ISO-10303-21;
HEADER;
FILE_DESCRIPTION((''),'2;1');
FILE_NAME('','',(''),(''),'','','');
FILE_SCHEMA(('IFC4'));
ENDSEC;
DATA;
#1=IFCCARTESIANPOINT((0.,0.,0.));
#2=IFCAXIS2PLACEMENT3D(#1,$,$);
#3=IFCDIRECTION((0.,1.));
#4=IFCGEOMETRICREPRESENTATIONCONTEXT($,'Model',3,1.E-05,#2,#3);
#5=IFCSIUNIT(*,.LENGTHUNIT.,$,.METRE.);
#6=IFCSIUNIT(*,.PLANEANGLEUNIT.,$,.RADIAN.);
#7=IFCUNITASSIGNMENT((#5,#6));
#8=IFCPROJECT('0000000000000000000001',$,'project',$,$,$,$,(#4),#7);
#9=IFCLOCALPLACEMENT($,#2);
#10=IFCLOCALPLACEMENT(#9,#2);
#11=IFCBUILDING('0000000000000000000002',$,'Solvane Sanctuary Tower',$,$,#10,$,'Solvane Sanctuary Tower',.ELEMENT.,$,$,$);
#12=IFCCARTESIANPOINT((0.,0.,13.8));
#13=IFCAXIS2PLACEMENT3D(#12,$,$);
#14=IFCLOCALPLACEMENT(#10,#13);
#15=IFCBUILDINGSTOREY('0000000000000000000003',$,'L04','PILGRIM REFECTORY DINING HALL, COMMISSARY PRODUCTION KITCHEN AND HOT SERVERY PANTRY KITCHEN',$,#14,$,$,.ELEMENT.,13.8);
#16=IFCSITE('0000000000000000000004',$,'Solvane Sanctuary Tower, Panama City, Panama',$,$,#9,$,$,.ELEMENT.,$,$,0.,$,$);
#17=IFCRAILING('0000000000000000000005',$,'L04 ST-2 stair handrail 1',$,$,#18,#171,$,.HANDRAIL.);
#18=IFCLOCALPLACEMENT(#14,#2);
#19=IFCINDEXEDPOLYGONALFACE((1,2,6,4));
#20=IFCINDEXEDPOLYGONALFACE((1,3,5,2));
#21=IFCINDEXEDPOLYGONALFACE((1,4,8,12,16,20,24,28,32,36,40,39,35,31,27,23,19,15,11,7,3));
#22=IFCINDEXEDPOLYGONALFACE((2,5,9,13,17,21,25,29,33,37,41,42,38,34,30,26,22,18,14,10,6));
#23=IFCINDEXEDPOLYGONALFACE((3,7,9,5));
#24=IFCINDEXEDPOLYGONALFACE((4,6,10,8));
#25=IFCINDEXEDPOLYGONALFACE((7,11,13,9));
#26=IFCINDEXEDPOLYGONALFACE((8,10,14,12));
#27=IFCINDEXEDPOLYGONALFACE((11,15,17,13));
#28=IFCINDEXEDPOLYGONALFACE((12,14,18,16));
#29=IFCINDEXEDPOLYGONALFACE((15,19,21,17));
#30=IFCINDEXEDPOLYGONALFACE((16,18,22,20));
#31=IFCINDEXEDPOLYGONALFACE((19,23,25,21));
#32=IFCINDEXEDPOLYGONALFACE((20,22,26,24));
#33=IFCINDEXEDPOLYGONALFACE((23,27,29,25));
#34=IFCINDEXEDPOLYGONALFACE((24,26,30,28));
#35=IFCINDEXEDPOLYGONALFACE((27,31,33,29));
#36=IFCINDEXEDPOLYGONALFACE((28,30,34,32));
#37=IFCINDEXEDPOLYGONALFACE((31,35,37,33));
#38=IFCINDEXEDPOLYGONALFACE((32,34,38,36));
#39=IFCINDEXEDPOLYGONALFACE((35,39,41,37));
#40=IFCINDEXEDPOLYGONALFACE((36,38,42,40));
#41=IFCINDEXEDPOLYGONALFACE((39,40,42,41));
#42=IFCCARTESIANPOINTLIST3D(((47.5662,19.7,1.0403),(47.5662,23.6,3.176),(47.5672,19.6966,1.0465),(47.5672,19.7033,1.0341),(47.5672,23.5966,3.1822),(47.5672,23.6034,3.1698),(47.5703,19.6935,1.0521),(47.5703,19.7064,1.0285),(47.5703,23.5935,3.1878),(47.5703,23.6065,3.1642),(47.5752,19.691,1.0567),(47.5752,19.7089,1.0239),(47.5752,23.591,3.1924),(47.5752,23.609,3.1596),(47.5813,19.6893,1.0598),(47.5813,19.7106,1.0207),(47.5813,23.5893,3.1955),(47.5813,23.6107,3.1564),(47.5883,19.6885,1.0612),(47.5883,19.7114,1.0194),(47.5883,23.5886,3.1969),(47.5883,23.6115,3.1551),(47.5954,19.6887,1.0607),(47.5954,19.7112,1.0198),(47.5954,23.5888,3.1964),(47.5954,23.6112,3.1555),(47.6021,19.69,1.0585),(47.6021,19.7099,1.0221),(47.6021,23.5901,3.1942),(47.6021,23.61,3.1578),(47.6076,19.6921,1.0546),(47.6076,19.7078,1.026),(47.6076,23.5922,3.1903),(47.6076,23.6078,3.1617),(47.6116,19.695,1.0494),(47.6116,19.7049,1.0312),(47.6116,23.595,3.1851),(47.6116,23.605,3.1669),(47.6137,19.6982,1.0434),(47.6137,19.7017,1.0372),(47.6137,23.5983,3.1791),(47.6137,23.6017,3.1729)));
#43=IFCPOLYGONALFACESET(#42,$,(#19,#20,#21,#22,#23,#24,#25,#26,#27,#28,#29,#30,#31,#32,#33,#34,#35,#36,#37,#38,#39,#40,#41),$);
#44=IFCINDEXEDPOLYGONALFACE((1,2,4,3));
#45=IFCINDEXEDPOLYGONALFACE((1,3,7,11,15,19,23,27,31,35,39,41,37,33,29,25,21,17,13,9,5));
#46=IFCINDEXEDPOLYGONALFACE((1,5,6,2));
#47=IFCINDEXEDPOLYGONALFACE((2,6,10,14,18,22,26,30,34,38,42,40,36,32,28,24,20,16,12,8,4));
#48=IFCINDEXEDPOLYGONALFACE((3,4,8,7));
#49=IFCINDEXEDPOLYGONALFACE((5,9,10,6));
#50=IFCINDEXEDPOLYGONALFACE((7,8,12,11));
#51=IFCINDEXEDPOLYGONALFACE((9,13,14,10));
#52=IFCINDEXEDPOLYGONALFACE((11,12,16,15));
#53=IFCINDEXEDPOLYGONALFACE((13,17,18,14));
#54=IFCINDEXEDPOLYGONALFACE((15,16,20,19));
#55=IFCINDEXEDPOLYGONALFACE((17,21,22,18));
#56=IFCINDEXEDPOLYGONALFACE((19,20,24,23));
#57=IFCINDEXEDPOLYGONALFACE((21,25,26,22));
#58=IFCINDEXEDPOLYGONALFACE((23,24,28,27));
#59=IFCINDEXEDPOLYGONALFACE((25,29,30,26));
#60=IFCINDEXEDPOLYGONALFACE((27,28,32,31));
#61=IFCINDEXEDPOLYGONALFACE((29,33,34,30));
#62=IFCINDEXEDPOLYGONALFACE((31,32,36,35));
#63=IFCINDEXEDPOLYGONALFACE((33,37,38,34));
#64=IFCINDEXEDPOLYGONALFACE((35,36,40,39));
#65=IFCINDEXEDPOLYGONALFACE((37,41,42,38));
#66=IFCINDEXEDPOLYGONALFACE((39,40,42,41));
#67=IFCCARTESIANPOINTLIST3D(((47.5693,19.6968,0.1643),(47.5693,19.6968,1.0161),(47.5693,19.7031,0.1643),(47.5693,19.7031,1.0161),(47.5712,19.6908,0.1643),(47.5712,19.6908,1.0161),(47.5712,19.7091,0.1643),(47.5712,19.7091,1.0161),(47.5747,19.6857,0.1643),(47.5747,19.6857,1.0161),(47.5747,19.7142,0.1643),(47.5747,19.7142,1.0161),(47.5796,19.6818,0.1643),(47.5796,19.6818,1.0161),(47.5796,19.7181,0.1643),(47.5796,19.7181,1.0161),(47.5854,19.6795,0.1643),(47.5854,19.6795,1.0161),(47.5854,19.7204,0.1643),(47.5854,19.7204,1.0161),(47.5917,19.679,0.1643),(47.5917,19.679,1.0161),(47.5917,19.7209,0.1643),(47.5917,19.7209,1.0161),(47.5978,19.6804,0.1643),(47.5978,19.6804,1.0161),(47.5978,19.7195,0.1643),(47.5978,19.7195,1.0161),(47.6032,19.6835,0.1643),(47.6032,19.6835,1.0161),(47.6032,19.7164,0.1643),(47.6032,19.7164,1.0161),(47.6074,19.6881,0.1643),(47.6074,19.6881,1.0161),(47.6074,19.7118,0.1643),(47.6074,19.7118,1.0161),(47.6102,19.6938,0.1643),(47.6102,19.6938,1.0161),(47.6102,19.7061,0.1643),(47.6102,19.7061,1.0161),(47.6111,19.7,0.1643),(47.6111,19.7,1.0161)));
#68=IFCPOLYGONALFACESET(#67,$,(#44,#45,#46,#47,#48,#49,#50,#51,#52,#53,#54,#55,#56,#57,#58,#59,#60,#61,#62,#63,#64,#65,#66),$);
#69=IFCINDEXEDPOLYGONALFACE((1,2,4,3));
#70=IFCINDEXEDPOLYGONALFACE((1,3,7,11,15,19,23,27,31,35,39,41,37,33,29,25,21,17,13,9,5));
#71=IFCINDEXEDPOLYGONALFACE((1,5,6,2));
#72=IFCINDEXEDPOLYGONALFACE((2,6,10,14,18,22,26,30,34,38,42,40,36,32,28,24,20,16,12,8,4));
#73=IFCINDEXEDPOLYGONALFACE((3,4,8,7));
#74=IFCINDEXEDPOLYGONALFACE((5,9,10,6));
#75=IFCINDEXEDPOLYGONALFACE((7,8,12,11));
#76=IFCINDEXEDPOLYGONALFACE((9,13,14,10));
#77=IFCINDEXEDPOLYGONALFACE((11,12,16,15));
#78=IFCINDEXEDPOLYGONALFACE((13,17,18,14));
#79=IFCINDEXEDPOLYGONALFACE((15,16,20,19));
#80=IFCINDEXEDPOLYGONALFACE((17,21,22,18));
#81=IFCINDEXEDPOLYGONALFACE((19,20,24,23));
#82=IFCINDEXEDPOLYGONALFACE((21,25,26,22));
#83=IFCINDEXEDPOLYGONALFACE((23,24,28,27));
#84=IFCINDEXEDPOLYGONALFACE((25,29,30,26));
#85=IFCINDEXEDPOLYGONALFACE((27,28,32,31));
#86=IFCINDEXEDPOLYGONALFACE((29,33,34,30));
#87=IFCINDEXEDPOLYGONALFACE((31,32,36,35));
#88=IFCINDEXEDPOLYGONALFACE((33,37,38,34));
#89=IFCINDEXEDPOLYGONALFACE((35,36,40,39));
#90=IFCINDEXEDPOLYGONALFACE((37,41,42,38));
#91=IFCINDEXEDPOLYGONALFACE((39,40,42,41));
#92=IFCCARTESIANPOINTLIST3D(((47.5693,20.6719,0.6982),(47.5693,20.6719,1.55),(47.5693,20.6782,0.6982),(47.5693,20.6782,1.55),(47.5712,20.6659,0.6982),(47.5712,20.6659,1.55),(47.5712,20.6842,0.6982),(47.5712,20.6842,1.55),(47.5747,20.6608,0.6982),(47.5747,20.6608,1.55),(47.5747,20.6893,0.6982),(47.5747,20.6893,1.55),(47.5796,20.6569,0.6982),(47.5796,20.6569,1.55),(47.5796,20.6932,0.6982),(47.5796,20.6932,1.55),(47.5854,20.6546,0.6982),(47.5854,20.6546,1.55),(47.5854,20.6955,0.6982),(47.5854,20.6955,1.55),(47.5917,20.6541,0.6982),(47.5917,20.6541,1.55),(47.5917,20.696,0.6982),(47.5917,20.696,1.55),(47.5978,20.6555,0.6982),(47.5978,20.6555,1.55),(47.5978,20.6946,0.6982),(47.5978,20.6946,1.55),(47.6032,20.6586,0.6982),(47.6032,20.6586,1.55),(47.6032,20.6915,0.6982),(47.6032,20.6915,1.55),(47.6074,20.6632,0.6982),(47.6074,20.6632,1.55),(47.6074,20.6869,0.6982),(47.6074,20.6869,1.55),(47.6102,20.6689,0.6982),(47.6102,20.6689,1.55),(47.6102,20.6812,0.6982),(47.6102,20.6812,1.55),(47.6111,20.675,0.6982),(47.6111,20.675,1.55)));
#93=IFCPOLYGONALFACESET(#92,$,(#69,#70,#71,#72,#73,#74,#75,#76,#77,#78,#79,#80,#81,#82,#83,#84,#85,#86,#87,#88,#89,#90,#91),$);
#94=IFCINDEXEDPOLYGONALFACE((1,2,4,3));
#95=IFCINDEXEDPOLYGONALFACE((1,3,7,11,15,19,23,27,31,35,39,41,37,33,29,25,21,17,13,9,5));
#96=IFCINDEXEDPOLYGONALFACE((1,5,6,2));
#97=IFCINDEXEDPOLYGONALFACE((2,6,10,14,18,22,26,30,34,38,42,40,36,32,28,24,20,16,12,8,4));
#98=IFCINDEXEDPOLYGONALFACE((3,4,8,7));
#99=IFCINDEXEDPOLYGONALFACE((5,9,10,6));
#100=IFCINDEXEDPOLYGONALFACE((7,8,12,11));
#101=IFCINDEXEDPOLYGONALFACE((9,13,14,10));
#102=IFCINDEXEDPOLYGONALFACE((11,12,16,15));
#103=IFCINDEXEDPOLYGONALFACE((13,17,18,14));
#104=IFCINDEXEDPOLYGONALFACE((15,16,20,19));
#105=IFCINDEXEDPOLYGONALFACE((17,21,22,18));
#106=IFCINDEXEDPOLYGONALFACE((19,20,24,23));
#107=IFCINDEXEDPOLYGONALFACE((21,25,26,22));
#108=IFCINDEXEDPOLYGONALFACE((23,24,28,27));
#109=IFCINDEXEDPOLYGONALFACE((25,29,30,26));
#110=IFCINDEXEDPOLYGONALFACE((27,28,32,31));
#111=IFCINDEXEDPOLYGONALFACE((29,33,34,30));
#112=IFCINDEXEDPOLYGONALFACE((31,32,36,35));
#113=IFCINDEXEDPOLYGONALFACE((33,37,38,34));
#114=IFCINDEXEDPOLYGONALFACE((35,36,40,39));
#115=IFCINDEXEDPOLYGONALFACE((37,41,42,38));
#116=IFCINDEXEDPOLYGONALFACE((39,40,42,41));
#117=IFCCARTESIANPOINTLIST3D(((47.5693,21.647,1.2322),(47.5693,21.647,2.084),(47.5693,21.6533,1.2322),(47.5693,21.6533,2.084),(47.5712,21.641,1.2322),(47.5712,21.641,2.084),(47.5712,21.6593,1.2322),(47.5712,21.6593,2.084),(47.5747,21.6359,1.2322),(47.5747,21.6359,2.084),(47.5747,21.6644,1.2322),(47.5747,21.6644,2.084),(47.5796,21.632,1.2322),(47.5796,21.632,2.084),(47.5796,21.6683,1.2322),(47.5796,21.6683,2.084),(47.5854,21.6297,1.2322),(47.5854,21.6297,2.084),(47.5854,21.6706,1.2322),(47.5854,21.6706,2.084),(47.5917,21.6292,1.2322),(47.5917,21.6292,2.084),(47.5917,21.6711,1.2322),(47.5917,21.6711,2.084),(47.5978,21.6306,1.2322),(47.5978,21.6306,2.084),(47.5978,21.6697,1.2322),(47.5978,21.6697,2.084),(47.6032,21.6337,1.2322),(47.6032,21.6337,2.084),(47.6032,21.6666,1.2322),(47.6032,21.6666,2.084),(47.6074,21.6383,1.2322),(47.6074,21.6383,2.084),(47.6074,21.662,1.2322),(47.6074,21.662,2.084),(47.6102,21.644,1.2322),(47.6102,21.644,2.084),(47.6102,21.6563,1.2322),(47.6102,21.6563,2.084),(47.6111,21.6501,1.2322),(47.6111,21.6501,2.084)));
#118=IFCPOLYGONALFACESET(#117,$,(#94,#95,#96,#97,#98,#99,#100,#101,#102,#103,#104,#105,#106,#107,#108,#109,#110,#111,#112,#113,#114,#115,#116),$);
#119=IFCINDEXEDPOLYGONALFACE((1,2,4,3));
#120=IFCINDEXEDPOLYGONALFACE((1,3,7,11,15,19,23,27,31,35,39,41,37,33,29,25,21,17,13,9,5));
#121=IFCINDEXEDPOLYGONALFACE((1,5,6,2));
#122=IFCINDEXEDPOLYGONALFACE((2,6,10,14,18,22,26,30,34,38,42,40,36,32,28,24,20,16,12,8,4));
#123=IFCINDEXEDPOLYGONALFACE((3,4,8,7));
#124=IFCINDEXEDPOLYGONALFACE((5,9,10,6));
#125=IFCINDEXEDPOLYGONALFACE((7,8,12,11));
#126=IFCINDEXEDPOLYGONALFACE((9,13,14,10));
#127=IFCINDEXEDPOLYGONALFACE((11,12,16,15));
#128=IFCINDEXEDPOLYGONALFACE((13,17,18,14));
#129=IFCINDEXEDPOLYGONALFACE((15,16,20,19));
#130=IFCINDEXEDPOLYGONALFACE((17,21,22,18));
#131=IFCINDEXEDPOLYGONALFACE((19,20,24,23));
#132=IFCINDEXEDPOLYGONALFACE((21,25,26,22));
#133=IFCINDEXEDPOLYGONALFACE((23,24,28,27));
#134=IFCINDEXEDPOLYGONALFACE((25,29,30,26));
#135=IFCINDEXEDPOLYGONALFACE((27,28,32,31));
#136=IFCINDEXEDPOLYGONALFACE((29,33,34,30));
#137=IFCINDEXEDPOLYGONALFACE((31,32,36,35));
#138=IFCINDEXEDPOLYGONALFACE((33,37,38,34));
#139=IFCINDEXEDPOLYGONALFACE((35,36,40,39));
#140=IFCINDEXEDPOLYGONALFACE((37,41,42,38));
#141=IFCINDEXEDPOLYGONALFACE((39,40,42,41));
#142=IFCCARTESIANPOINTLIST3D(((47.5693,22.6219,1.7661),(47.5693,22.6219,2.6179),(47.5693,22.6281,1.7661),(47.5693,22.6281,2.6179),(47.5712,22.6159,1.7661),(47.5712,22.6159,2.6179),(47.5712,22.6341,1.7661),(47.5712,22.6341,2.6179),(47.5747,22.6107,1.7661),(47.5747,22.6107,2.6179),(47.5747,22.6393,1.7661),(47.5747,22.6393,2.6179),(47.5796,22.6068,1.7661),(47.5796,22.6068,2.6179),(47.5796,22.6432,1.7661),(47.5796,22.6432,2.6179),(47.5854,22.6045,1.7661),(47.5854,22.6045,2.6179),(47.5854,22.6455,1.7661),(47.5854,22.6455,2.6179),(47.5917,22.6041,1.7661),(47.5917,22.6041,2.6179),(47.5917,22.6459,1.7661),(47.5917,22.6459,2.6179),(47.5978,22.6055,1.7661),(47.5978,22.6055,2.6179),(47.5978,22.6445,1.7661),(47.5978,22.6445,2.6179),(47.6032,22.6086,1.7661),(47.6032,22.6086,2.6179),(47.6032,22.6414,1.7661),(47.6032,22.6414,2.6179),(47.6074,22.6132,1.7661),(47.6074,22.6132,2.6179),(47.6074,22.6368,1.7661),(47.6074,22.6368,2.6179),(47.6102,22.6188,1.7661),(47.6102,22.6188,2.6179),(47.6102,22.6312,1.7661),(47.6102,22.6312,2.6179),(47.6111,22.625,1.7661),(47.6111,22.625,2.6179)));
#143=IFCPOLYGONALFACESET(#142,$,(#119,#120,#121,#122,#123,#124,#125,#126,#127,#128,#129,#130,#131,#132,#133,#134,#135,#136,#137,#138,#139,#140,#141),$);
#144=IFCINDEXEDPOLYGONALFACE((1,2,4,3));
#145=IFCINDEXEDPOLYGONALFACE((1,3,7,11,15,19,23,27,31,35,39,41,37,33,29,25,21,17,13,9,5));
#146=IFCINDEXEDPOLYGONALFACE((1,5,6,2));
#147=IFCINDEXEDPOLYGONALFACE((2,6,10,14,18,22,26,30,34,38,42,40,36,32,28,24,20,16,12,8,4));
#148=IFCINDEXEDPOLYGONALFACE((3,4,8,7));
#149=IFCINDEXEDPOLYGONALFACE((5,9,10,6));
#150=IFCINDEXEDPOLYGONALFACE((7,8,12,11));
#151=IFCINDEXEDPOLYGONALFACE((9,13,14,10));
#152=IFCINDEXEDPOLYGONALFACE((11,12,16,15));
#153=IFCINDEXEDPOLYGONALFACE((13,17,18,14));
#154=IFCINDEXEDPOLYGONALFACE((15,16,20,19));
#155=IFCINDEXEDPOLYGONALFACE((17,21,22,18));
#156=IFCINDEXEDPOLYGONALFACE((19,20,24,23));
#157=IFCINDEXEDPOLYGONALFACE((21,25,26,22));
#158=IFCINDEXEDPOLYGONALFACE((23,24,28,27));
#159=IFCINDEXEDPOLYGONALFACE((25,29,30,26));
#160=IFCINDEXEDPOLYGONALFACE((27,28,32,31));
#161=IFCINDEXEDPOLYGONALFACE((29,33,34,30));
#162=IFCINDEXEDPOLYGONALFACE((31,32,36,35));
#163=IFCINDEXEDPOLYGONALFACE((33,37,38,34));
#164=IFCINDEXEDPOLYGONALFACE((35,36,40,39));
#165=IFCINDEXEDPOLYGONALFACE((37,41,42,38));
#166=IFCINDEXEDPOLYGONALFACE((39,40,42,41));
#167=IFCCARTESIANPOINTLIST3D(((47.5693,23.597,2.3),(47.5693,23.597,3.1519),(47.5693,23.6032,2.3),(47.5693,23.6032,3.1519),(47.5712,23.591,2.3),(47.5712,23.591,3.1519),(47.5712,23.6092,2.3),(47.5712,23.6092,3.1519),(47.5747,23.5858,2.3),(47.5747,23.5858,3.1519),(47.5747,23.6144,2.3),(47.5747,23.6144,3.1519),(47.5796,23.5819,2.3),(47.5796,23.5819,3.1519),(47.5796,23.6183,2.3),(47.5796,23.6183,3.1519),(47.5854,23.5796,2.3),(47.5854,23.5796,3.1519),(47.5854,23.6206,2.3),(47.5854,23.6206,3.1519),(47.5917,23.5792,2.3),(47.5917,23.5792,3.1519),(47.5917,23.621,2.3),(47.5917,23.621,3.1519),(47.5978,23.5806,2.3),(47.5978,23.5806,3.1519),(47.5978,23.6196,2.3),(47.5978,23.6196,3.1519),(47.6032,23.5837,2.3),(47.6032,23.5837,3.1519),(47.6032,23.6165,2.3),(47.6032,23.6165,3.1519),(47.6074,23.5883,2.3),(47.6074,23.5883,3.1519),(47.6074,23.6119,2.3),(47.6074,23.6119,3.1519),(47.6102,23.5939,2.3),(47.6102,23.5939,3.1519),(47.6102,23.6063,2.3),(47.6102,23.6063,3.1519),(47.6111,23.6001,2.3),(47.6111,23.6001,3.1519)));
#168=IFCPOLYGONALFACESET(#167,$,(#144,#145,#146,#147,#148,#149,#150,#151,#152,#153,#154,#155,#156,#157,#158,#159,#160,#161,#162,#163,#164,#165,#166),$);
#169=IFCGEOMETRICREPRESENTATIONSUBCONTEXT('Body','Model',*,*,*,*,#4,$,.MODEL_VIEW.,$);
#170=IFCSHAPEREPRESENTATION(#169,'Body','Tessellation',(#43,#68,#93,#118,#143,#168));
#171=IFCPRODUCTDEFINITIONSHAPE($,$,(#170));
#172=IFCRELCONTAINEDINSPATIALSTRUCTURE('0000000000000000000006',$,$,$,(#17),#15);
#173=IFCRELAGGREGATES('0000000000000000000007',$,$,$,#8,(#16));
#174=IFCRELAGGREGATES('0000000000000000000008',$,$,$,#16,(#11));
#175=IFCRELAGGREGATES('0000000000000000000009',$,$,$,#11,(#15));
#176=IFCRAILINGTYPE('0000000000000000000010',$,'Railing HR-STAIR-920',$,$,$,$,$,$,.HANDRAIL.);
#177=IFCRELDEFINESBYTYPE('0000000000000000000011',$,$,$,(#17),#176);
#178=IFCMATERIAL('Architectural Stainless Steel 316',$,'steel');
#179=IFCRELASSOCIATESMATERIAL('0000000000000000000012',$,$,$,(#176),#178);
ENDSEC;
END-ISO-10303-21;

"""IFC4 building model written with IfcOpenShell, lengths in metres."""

from ifc_helpers import new_model, si_unit, direction, frame, origin, origin_2d, place, context, subcontext, project, spatial, circle, extrude, material, type_object, element, save


model = new_model("IFC4")

# Units and contexts
model_context = context("Model", 3, precision=1e-05, world=origin(), true_north=direction((0.0, 1.0)))
body_context = subcontext(model_context, "Body", "Model", "MODEL_VIEW")
ifc_project = project(units=[si_unit("LENGTHUNIT", "METRE"), si_unit("PLANEANGLEUNIT", "RADIAN")], contexts=[model_context])

# Site, building, storey
site_placement = place(None, origin())
site = spatial("IfcSite", under=ifc_project, at=site_placement, Name="Solvane Sanctuary Tower, Panama City, Panama", CompositionType="ELEMENT", RefElevation=0.0)
building_placement = place(site_placement, origin())
building = spatial("IfcBuilding", under=site, at=building_placement, Name="Solvane Sanctuary Tower", LongName="Solvane Sanctuary Tower", CompositionType="ELEMENT")
storey_placement = place(building_placement, frame((0.0, 0.0, 13.8)))
storey = spatial("IfcBuildingStorey", under=building, at=storey_placement, Name="L04", Description="PILGRIM REFECTORY DINING HALL, COMMISSARY PRODUCTION KITCHEN AND HOT SERVERY PANTRY KITCHEN", CompositionType="ELEMENT", Elevation=13.8)

# Shared definitions
ifc_material_1 = material(Name="Architectural Stainless Steel 316", Category="steel")

# Railing
railing_type_1 = type_object("IfcRailingType", Name="Railing HR-STAIR-920", PredefinedType="HANDRAIL", material=ifc_material_1)
railing_1_placement = place(storey_placement, frame((47.5901, 19.7, 0.1643)))
element("IfcRailing", 1, at=railing_1_placement, inside=storey, type_object=railing_type_1, Name="L04 ST-2 stair handrail 1", PredefinedType="HANDRAIL", context=body_context, shape_type="SweptSolid", body=[
    extrude(circle(Radius=0.0239, at=origin_2d()), frame((0.0, 0.0, 0.876), z_axis=(0.0, 0.877101, 0.480306), x_axis=(-1.0, 0.0, 0.0)), (0.0, 0.0, 1.0), 4.4465),
    extrude(circle(Radius=0.021, at=origin_2d()), origin(), (0.0, 0.0, 1.0), 0.8518),
    extrude(circle(Radius=0.021, at=origin_2d()), frame((0.0, 0.9751, 0.5339)), (0.0, 0.0, 1.0), 0.8518),
    extrude(circle(Radius=0.021, at=origin_2d()), frame((0.0, 1.9502, 1.0679)), (0.0, 0.0, 1.0), 0.8518),
    extrude(circle(Radius=0.021, at=origin_2d()), frame((0.0, 2.925, 1.6018)), (0.0, 0.0, 1.0), 0.8518),
    extrude(circle(Radius=0.021, at=origin_2d()), frame((0.0, 3.9001, 2.1357)), (0.0, 0.0, 1.0), 0.8518),
])

save(model, "model.ifc")
